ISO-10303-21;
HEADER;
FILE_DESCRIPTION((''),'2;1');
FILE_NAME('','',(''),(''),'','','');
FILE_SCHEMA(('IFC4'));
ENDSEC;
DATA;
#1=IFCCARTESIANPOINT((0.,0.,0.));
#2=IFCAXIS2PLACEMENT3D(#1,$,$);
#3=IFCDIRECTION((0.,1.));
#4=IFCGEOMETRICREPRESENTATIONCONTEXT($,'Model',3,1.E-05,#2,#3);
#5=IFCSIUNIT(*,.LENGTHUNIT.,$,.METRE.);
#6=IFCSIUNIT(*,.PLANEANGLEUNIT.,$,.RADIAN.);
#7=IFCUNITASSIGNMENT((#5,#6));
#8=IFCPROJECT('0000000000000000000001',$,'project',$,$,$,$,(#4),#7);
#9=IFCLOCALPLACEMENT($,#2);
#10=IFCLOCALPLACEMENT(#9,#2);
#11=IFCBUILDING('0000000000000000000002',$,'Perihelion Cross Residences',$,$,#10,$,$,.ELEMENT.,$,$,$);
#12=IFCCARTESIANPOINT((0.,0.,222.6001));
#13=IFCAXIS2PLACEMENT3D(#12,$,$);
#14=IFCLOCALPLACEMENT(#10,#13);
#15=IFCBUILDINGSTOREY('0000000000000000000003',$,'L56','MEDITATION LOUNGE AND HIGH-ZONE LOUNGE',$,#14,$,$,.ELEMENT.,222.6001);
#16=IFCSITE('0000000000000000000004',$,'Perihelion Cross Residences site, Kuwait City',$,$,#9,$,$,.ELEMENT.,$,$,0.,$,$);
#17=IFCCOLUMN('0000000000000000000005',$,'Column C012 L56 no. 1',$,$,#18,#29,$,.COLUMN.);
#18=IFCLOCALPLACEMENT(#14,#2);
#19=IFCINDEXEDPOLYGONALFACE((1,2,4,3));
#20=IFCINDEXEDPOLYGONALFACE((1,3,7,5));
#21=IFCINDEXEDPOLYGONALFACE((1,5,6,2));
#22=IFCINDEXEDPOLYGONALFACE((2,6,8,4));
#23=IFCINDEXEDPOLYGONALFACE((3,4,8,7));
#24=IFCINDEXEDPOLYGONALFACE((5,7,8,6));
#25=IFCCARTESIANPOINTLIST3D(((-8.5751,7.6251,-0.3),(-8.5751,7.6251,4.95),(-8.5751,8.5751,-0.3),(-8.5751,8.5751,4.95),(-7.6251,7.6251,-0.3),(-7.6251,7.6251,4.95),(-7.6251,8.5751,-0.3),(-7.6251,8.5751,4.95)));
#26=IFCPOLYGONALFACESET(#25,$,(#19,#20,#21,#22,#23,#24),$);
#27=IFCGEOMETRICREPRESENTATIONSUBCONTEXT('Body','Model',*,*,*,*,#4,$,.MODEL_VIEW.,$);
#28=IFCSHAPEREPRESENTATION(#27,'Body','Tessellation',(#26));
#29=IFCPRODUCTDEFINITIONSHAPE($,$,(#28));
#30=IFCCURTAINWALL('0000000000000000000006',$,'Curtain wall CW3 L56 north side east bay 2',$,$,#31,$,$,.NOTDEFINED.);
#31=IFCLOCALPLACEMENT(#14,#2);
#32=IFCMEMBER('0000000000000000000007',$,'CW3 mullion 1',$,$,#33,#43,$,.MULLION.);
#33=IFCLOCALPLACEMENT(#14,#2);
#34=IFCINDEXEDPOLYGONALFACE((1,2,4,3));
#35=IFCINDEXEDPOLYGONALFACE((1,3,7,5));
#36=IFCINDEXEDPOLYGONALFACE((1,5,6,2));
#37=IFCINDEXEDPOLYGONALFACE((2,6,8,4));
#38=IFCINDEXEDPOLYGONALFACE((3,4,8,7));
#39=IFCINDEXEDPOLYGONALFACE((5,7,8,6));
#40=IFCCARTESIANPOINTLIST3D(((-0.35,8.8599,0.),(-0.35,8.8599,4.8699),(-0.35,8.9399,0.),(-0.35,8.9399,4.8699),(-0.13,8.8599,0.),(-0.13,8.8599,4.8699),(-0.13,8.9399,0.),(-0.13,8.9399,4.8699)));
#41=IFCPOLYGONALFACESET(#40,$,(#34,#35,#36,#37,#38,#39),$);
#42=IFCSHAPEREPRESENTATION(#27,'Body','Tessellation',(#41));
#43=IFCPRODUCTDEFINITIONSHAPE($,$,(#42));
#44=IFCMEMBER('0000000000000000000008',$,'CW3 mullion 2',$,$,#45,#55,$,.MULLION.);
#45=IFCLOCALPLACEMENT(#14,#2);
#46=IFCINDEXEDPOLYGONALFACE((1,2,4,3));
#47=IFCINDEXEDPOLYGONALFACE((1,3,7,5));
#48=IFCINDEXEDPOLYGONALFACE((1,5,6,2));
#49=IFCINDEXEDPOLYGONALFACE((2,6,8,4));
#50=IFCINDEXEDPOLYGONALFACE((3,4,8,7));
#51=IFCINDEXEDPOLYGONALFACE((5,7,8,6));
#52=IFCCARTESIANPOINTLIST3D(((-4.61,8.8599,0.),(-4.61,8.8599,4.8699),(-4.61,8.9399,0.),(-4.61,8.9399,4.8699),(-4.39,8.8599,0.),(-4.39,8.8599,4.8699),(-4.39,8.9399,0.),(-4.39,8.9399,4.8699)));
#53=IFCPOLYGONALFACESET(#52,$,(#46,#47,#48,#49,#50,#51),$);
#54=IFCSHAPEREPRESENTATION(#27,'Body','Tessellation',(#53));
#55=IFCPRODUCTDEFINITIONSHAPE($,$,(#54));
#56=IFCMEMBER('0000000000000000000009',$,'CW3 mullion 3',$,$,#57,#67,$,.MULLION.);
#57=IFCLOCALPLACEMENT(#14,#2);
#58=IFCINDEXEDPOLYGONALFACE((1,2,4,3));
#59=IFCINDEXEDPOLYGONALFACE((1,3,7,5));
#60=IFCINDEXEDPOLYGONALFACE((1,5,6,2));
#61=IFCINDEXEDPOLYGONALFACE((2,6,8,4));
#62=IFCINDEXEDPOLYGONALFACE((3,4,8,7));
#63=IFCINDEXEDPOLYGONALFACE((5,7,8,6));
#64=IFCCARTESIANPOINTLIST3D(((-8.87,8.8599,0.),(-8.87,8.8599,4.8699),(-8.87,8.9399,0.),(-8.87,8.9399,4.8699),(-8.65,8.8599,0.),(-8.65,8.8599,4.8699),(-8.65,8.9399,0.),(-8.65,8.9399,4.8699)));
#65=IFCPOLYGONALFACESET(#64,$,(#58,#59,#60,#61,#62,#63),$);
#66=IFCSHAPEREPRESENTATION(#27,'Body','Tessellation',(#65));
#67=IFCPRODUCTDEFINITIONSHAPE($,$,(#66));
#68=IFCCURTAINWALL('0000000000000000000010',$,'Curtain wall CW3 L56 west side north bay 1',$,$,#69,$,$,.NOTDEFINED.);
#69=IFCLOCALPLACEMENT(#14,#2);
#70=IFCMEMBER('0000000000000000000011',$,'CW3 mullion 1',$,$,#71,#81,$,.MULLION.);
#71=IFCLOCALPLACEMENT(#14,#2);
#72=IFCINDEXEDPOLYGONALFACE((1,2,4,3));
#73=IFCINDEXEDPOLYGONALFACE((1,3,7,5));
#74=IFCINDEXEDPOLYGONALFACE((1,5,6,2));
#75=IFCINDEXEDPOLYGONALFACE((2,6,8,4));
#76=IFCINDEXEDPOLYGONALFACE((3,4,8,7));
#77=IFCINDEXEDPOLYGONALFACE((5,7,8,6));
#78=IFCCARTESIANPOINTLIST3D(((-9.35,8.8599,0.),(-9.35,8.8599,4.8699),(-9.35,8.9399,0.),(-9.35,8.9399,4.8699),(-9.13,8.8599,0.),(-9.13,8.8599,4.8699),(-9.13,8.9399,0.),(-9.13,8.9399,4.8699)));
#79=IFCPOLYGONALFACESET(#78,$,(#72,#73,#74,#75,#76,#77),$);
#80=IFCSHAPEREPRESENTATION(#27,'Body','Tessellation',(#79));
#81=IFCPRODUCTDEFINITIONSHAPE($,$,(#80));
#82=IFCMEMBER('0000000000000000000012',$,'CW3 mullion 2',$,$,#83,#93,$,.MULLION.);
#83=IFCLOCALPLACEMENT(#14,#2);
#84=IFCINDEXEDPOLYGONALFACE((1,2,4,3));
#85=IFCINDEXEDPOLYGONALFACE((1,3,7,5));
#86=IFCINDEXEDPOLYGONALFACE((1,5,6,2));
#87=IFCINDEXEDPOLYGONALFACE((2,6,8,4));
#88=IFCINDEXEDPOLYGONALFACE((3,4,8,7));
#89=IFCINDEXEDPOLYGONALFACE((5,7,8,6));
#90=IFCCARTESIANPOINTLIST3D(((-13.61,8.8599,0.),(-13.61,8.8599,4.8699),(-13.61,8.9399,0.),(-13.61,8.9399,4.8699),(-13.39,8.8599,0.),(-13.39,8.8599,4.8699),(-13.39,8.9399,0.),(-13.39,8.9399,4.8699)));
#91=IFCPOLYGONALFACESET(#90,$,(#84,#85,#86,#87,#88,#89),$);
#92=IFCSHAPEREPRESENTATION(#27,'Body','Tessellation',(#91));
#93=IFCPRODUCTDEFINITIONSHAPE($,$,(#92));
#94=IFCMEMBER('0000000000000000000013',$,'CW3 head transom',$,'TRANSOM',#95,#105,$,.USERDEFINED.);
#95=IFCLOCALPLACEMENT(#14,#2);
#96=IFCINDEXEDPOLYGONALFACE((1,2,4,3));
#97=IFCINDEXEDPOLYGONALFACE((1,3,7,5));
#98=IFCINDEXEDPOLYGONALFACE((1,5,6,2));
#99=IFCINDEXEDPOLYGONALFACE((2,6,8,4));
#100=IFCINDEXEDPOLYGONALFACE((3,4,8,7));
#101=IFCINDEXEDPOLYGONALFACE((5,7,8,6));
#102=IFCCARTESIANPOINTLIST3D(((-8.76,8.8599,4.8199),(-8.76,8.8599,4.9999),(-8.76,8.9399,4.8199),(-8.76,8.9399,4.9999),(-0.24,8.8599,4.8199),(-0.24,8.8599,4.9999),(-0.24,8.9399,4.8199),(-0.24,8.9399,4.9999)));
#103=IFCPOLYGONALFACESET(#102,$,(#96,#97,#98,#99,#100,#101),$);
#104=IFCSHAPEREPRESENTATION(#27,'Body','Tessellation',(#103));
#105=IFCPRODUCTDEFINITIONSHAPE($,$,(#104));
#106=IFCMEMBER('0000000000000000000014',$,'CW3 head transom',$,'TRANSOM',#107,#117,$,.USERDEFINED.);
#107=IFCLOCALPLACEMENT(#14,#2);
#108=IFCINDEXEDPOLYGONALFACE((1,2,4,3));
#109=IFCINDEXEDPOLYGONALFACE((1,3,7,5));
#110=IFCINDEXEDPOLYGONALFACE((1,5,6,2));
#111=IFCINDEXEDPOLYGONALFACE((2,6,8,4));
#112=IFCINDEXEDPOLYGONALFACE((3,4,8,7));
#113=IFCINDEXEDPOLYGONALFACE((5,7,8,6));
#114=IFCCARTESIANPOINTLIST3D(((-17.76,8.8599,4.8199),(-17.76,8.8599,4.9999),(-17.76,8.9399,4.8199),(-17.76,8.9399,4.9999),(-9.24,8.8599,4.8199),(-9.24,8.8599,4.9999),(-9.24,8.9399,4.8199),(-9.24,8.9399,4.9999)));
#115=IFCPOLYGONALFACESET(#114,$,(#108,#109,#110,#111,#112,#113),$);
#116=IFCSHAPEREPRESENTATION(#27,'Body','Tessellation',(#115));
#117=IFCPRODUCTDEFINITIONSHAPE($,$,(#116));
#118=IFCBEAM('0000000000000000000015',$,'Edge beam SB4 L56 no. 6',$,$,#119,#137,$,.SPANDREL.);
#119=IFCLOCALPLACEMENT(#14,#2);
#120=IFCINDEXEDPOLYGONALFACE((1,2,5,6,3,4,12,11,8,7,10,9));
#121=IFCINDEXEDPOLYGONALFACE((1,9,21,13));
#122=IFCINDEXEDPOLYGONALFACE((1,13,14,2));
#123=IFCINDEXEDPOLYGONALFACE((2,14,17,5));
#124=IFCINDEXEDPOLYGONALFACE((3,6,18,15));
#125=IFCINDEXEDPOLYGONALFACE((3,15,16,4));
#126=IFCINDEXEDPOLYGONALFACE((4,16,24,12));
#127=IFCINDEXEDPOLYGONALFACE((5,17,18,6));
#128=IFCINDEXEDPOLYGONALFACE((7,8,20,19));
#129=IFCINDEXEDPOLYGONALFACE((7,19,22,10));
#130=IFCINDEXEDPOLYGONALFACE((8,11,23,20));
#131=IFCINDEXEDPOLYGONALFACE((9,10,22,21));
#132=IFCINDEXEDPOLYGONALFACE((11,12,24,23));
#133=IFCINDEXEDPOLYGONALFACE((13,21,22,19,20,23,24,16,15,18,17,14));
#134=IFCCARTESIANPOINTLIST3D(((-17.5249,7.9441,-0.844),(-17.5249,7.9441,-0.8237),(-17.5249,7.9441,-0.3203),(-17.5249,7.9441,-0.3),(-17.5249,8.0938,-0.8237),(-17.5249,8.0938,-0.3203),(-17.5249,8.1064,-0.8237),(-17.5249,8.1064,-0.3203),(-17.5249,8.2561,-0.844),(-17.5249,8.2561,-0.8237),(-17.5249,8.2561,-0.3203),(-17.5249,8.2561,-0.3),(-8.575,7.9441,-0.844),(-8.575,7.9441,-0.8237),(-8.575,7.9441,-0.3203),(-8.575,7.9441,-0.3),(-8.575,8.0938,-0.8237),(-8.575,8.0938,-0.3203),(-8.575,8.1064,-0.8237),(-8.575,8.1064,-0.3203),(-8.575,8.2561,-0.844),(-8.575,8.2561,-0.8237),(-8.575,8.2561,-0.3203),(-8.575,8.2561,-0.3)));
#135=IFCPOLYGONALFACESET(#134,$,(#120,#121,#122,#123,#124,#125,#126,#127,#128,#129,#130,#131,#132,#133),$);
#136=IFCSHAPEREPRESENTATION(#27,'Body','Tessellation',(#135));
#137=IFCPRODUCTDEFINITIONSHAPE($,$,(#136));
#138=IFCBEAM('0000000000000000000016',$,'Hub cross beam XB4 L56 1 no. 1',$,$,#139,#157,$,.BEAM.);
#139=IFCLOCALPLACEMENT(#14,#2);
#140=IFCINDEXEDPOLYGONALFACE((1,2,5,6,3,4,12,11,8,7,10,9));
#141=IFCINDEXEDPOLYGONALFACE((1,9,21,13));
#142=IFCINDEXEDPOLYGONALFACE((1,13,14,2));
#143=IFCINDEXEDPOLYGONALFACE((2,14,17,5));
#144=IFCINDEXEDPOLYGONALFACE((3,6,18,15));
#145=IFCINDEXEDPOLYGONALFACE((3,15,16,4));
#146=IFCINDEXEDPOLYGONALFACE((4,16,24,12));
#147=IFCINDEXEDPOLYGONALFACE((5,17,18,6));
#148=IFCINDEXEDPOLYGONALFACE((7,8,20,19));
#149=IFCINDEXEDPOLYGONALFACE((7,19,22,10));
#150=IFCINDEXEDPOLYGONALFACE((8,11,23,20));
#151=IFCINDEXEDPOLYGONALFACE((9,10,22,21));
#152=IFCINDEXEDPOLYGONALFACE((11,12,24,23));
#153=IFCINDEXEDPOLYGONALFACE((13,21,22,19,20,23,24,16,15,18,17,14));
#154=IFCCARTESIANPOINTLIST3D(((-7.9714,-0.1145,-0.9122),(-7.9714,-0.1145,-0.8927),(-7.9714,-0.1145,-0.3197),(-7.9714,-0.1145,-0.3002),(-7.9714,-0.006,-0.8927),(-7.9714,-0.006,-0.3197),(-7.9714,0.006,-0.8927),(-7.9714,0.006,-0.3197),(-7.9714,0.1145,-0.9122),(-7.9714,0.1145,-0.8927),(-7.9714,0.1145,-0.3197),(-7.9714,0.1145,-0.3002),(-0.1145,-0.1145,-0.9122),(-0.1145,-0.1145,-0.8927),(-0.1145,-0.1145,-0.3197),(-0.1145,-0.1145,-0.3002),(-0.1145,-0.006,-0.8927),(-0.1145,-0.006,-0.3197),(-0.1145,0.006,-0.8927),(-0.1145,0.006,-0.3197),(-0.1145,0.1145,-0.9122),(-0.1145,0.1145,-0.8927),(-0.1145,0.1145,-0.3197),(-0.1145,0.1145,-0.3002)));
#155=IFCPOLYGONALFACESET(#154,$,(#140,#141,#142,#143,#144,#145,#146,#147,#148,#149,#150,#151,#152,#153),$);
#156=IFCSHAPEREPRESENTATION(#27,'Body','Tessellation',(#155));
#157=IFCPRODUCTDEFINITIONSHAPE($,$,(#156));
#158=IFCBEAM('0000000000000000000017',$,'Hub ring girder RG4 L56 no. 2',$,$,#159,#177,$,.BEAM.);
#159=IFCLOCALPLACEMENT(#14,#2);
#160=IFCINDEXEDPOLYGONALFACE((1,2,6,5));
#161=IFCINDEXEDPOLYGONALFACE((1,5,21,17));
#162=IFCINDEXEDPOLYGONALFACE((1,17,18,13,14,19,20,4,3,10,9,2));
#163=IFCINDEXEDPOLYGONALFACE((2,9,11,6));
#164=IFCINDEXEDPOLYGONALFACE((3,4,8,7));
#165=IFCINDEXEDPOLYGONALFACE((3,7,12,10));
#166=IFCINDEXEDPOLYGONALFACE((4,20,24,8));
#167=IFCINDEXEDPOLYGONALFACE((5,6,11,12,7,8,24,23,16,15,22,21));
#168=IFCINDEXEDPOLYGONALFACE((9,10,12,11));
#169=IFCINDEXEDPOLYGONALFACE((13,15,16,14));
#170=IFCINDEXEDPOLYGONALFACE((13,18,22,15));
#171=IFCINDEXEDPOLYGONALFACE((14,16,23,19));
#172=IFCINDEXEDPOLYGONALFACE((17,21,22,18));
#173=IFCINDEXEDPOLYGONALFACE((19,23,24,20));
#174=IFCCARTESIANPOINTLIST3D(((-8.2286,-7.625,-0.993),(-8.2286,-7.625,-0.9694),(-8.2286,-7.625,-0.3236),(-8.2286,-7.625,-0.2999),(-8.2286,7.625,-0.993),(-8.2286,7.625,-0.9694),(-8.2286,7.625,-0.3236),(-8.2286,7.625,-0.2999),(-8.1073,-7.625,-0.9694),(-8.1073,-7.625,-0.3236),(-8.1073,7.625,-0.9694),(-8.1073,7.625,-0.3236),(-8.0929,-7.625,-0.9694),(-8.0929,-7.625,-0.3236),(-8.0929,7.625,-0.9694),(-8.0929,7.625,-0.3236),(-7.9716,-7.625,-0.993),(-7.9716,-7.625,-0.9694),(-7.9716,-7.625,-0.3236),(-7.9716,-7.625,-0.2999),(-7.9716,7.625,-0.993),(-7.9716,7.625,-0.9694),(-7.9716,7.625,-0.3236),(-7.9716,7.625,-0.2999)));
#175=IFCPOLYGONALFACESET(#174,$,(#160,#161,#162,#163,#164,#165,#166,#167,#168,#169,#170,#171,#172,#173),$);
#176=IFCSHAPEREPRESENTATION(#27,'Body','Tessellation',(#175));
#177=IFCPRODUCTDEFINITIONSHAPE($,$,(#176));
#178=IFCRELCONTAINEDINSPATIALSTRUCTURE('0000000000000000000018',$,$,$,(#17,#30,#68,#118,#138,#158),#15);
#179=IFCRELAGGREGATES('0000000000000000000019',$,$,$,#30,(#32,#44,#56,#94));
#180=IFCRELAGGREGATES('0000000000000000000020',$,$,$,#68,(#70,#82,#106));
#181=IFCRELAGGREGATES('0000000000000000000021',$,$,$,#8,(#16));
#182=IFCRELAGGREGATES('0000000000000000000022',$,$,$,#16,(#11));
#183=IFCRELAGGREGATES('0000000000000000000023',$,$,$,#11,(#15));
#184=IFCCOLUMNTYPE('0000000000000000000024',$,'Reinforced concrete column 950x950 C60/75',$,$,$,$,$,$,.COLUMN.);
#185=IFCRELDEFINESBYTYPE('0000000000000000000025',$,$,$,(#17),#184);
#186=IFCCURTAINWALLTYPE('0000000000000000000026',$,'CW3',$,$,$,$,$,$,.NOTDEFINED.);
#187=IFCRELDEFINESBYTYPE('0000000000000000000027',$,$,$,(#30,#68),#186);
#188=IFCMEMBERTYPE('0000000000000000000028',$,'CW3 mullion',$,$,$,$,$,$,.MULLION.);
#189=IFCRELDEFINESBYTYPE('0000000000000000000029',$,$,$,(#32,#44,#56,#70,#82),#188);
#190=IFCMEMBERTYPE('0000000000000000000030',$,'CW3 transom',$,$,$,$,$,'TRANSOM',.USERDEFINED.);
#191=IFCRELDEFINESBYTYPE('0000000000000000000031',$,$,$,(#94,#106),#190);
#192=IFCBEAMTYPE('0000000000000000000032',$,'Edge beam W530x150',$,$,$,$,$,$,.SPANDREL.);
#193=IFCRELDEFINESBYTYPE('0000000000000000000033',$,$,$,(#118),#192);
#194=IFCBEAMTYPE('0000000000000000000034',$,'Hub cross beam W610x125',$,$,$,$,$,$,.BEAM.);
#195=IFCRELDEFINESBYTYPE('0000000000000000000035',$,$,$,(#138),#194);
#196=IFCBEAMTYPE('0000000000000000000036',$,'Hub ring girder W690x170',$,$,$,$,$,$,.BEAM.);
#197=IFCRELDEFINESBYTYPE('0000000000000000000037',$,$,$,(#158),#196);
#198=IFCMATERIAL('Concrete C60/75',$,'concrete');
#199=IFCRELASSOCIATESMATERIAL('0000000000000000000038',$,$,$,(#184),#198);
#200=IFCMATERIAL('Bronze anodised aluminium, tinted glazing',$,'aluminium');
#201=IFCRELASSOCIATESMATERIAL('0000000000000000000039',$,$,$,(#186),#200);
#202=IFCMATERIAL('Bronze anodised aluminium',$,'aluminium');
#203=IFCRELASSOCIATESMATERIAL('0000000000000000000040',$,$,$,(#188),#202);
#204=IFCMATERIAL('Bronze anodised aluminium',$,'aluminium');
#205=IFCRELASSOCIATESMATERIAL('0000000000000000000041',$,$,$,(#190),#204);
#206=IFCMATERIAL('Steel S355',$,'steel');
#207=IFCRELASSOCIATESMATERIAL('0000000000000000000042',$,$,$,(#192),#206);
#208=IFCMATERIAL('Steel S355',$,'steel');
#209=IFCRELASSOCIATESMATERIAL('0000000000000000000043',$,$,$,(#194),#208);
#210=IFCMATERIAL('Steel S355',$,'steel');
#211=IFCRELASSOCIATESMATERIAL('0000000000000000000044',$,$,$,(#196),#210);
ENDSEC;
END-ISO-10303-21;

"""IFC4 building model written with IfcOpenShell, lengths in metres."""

from ifc_helpers import new_model, si_unit, direction, frame, origin, origin_2d, place, context, subcontext, project, spatial, rectangle, i_section, extrude, material, material_profile, profile_set, type_object, element, aggregate, save


model = new_model("IFC4")

# Units and contexts
model_context = context("Model", 3, precision=1e-05, world=origin(), true_north=direction((0.0, 1.0)))
body_context = subcontext(model_context, "Body", "Model", "MODEL_VIEW")
ifc_project = project(units=[si_unit("LENGTHUNIT", "METRE"), si_unit("PLANEANGLEUNIT", "RADIAN")], contexts=[model_context])

# Site, building, storey
site_placement = place(None, origin())
site = spatial("IfcSite", under=ifc_project, at=site_placement, Name="Perihelion Cross Residences site, Kuwait City", CompositionType="ELEMENT", RefElevation=0.0)
building_placement = place(site_placement, origin())
building = spatial("IfcBuilding", under=site, at=building_placement, Name="Perihelion Cross Residences", CompositionType="ELEMENT")
storey_placement = place(building_placement, frame((0.0, 0.0, 222.6001)))
storey = spatial("IfcBuildingStorey", under=building, at=storey_placement, Name="L56", Description="MEDITATION LOUNGE AND HIGH-ZONE LOUNGE", CompositionType="ELEMENT", Elevation=222.6001)

# Column
ifc_material_1 = material(Name="Concrete C60/75", Category="concrete")
ifc_material_profile_1 = material_profile(ifc_material_1, rectangle(XDim=0.95, YDim=0.95, at=origin_2d()), Name="RC 950x950")
ifc_profile_set_1 = profile_set([ifc_material_profile_1], Name="Concrete C60/75")
column_type = type_object("IfcColumnType", Name="Reinforced concrete column 950x950 C60/75", PredefinedType="COLUMN", material=ifc_profile_set_1)
column_placement = place(storey_placement, frame((-8.1001, 8.1001, -0.3), z_axis=(0.0, 0.0, 1.0), x_axis=(1.0, 0.0, 0.0)))
element("IfcColumn", 1, at=column_placement, inside=storey, type_object=column_type, Name="Column C012 L56 no. 1", PredefinedType="COLUMN", context=body_context, shape_type="SweptSolid", body=[
    extrude(rectangle(XDim=0.95, YDim=0.95, at=origin_2d()), origin(), (0.0, 0.0, 1.0), 5.25),
])

# Curtain walls, members
ifc_material_2 = material(Name="Bronze anodised aluminium, tinted glazing", Category="aluminium")
curtain_wall_type = type_object("IfcCurtainWallType", Name="CW3", PredefinedType="NOTDEFINED", material=ifc_material_2)
curtain_wall_1_placement = place(storey_placement, origin())
curtain_wall_1 = element("IfcCurtainWall", 2, at=curtain_wall_1_placement, inside=storey, type_object=curtain_wall_type, Name="Curtain wall CW3 L56 north side east bay 2", PredefinedType="NOTDEFINED")
ifc_material_3 = material(Name="Bronze anodised aluminium", Category="aluminium")
ifc_material_profile_2 = material_profile(ifc_material_3, rectangle(XDim=0.0801, YDim=0.22, at=origin_2d()), Name="CW3 mullion")
ifc_profile_set_2 = profile_set([ifc_material_profile_2], Name="Bronze anodised aluminium")
member_type_1 = type_object("IfcMemberType", Name="CW3 mullion", PredefinedType="MULLION", material=ifc_profile_set_2)
member_1_placement = place(storey_placement, frame((-0.24, 8.8999, 0.0), z_axis=(0.0, 0.0, 1.0), x_axis=(0.0, -1.0, 0.0)))
member_1 = element("IfcMember", 3, at=member_1_placement, type_object=member_type_1, Name="CW3 mullion 1", PredefinedType="MULLION", context=body_context, shape_type="SweptSolid", body=[
    extrude(rectangle(XDim=0.0801, YDim=0.22, at=origin_2d()), origin(), (0.0, 0.0, 1.0), 4.8699),
])
member_2_placement = place(storey_placement, frame((-4.5, 8.8999, 0.0), z_axis=(0.0, 0.0, 1.0), x_axis=(0.0, -1.0, 0.0)))
member_2 = element("IfcMember", 4, at=member_2_placement, type_object=member_type_1, Name="CW3 mullion 2", PredefinedType="MULLION", context=body_context, shape_type="SweptSolid", body=[
    extrude(rectangle(XDim=0.0801, YDim=0.22, at=origin_2d()), origin(), (0.0, 0.0, 1.0), 4.8699),
])
member_3_placement = place(storey_placement, frame((-8.76, 8.8999, 0.0), z_axis=(0.0, 0.0, 1.0), x_axis=(0.0, -1.0, 0.0)))
member_3 = element("IfcMember", 5, at=member_3_placement, type_object=member_type_1, Name="CW3 mullion 3", PredefinedType="MULLION", context=body_context, shape_type="SweptSolid", body=[
    extrude(rectangle(XDim=0.0801, YDim=0.22, at=origin_2d()), origin(), (0.0, 0.0, 1.0), 4.8699),
])
curtain_wall_2_placement = place(storey_placement, origin())
curtain_wall_2 = element("IfcCurtainWall", 6, at=curtain_wall_2_placement, inside=storey, type_object=curtain_wall_type, Name="Curtain wall CW3 L56 west side north bay 1", PredefinedType="NOTDEFINED")
member_4_placement = place(storey_placement, frame((-9.24, 8.8999, 0.0), z_axis=(0.0, 0.0, 1.0), x_axis=(0.0, -1.0, 0.0)))
member_4 = element("IfcMember", 7, at=member_4_placement, type_object=member_type_1, Name="CW3 mullion 1", PredefinedType="MULLION", context=body_context, shape_type="SweptSolid", body=[
    extrude(rectangle(XDim=0.0801, YDim=0.22, at=origin_2d()), origin(), (0.0, 0.0, 1.0), 4.8699),
])
member_5_placement = place(storey_placement, frame((-13.5, 8.8999, 0.0), z_axis=(0.0, 0.0, 1.0), x_axis=(0.0, -1.0, 0.0)))
member_5 = element("IfcMember", 8, at=member_5_placement, type_object=member_type_1, Name="CW3 mullion 2", PredefinedType="MULLION", context=body_context, shape_type="SweptSolid", body=[
    extrude(rectangle(XDim=0.0801, YDim=0.22, at=origin_2d()), origin(), (0.0, 0.0, 1.0), 4.8699),
])

# Members
ifc_material_4 = material(Name="Bronze anodised aluminium", Category="aluminium")
ifc_material_profile_3 = material_profile(ifc_material_4, rectangle(XDim=0.0801, YDim=0.1799, at=origin_2d()), Name="CW3 transom")
ifc_profile_set_3 = profile_set([ifc_material_profile_3], Name="Bronze anodised aluminium")
member_type_2 = type_object("IfcMemberType", Name="CW3 transom", ElementType="TRANSOM", PredefinedType="USERDEFINED", material=ifc_profile_set_3)
member_6_placement = place(storey_placement, frame((-0.24, 8.8999, 4.9099), z_axis=(-1.0, 0.0, 0.0), x_axis=(0.0, -1.0, 0.0)))
member_6 = element("IfcMember", 9, at=member_6_placement, type_object=member_type_2, Name="CW3 head transom", ObjectType="TRANSOM", PredefinedType="USERDEFINED", context=body_context, shape_type="SweptSolid", body=[
    extrude(rectangle(XDim=0.0801, YDim=0.1799, at=origin_2d()), origin(), (0.0, 0.0, 1.0), 8.52),
])
member_7_placement = place(storey_placement, frame((-9.24, 8.8999, 4.9099), z_axis=(-1.0, 0.0, 0.0), x_axis=(0.0, -1.0, 0.0)))
member_7 = element("IfcMember", 10, at=member_7_placement, type_object=member_type_2, Name="CW3 head transom", ObjectType="TRANSOM", PredefinedType="USERDEFINED", context=body_context, shape_type="SweptSolid", body=[
    extrude(rectangle(XDim=0.0801, YDim=0.1799, at=origin_2d()), origin(), (0.0, 0.0, 1.0), 8.52),
])

# Beams
ifc_material_5 = material(Name="Steel S355", Category="steel")
ifc_material_profile_4 = material_profile(ifc_material_5, i_section(OverallWidth=0.312, OverallDepth=0.5439, WebThickness=0.0127, FlangeThickness=0.0203, at=origin_2d()), Name="W530x150")
ifc_profile_set_4 = profile_set([ifc_material_profile_4], Name="Steel S355")
beam_type_1 = type_object("IfcBeamType", Name="Edge beam W530x150", PredefinedType="SPANDREL", material=ifc_profile_set_4)
beam_1_placement = place(storey_placement, frame((-8.575, 8.1001, -0.572), z_axis=(-1.0, 0.0, 0.0), x_axis=(0.0, -1.0, 0.0)))
element("IfcBeam", 11, at=beam_1_placement, inside=storey, type_object=beam_type_1, Name="Edge beam SB4 L56 no. 6", PredefinedType="SPANDREL", context=body_context, shape_type="SweptSolid", body=[
    extrude(i_section(OverallWidth=0.312, OverallDepth=0.5439, WebThickness=0.0127, FlangeThickness=0.0203, at=origin_2d()), origin(), (0.0, 0.0, 1.0), 8.95),
])
ifc_material_6 = material(Name="Steel S355", Category="steel")
ifc_material_profile_5 = material_profile(ifc_material_6, i_section(OverallWidth=0.229, OverallDepth=0.6121, WebThickness=0.012, FlangeThickness=0.0195, at=origin_2d()), Name="W610x125")
ifc_profile_set_5 = profile_set([ifc_material_profile_5], Name="Steel S355")
beam_type_2 = type_object("IfcBeamType", Name="Hub cross beam W610x125", PredefinedType="BEAM", material=ifc_profile_set_5)
beam_2_placement = place(storey_placement, frame((-7.9714, 0.0, -0.6062), z_axis=(1.0, 0.0, 0.0), x_axis=(0.0, 1.0, 0.0)))
element("IfcBeam", 12, at=beam_2_placement, inside=storey, type_object=beam_type_2, Name="Hub cross beam XB4 L56 1 no. 1", PredefinedType="BEAM", context=body_context, shape_type="SweptSolid", body=[
    extrude(i_section(OverallWidth=0.229, OverallDepth=0.6121, WebThickness=0.012, FlangeThickness=0.0195, at=origin_2d()), origin(), (0.0, 0.0, 1.0), 7.8569),
])
ifc_material_7 = material(Name="Steel S355", Category="steel")
ifc_material_profile_6 = material_profile(ifc_material_7, i_section(OverallWidth=0.2571, OverallDepth=0.6931, WebThickness=0.0144, FlangeThickness=0.0237, at=origin_2d()), Name="W690x170")
ifc_profile_set_6 = profile_set([ifc_material_profile_6], Name="Steel S355")
beam_type_3 = type_object("IfcBeamType", Name="Hub ring girder W690x170", PredefinedType="BEAM", material=ifc_profile_set_6)
beam_3_placement = place(storey_placement, frame((-8.1001, 7.625, -0.6465), z_axis=(0.0, -1.0, 0.0), x_axis=(1.0, 0.0, 0.0)))
element("IfcBeam", 13, at=beam_3_placement, inside=storey, type_object=beam_type_3, Name="Hub ring girder RG4 L56 no. 2", PredefinedType="BEAM", context=body_context, shape_type="SweptSolid", body=[
    extrude(i_section(OverallWidth=0.2571, OverallDepth=0.6931, WebThickness=0.0144, FlangeThickness=0.0237, at=origin_2d()), origin(), (0.0, 0.0, 1.0), 15.25),
])

aggregate(curtain_wall_1, [member_1, member_2, member_3, member_6])
aggregate(curtain_wall_2, [member_4, member_5, member_7])

save(model, "model.ifc")
